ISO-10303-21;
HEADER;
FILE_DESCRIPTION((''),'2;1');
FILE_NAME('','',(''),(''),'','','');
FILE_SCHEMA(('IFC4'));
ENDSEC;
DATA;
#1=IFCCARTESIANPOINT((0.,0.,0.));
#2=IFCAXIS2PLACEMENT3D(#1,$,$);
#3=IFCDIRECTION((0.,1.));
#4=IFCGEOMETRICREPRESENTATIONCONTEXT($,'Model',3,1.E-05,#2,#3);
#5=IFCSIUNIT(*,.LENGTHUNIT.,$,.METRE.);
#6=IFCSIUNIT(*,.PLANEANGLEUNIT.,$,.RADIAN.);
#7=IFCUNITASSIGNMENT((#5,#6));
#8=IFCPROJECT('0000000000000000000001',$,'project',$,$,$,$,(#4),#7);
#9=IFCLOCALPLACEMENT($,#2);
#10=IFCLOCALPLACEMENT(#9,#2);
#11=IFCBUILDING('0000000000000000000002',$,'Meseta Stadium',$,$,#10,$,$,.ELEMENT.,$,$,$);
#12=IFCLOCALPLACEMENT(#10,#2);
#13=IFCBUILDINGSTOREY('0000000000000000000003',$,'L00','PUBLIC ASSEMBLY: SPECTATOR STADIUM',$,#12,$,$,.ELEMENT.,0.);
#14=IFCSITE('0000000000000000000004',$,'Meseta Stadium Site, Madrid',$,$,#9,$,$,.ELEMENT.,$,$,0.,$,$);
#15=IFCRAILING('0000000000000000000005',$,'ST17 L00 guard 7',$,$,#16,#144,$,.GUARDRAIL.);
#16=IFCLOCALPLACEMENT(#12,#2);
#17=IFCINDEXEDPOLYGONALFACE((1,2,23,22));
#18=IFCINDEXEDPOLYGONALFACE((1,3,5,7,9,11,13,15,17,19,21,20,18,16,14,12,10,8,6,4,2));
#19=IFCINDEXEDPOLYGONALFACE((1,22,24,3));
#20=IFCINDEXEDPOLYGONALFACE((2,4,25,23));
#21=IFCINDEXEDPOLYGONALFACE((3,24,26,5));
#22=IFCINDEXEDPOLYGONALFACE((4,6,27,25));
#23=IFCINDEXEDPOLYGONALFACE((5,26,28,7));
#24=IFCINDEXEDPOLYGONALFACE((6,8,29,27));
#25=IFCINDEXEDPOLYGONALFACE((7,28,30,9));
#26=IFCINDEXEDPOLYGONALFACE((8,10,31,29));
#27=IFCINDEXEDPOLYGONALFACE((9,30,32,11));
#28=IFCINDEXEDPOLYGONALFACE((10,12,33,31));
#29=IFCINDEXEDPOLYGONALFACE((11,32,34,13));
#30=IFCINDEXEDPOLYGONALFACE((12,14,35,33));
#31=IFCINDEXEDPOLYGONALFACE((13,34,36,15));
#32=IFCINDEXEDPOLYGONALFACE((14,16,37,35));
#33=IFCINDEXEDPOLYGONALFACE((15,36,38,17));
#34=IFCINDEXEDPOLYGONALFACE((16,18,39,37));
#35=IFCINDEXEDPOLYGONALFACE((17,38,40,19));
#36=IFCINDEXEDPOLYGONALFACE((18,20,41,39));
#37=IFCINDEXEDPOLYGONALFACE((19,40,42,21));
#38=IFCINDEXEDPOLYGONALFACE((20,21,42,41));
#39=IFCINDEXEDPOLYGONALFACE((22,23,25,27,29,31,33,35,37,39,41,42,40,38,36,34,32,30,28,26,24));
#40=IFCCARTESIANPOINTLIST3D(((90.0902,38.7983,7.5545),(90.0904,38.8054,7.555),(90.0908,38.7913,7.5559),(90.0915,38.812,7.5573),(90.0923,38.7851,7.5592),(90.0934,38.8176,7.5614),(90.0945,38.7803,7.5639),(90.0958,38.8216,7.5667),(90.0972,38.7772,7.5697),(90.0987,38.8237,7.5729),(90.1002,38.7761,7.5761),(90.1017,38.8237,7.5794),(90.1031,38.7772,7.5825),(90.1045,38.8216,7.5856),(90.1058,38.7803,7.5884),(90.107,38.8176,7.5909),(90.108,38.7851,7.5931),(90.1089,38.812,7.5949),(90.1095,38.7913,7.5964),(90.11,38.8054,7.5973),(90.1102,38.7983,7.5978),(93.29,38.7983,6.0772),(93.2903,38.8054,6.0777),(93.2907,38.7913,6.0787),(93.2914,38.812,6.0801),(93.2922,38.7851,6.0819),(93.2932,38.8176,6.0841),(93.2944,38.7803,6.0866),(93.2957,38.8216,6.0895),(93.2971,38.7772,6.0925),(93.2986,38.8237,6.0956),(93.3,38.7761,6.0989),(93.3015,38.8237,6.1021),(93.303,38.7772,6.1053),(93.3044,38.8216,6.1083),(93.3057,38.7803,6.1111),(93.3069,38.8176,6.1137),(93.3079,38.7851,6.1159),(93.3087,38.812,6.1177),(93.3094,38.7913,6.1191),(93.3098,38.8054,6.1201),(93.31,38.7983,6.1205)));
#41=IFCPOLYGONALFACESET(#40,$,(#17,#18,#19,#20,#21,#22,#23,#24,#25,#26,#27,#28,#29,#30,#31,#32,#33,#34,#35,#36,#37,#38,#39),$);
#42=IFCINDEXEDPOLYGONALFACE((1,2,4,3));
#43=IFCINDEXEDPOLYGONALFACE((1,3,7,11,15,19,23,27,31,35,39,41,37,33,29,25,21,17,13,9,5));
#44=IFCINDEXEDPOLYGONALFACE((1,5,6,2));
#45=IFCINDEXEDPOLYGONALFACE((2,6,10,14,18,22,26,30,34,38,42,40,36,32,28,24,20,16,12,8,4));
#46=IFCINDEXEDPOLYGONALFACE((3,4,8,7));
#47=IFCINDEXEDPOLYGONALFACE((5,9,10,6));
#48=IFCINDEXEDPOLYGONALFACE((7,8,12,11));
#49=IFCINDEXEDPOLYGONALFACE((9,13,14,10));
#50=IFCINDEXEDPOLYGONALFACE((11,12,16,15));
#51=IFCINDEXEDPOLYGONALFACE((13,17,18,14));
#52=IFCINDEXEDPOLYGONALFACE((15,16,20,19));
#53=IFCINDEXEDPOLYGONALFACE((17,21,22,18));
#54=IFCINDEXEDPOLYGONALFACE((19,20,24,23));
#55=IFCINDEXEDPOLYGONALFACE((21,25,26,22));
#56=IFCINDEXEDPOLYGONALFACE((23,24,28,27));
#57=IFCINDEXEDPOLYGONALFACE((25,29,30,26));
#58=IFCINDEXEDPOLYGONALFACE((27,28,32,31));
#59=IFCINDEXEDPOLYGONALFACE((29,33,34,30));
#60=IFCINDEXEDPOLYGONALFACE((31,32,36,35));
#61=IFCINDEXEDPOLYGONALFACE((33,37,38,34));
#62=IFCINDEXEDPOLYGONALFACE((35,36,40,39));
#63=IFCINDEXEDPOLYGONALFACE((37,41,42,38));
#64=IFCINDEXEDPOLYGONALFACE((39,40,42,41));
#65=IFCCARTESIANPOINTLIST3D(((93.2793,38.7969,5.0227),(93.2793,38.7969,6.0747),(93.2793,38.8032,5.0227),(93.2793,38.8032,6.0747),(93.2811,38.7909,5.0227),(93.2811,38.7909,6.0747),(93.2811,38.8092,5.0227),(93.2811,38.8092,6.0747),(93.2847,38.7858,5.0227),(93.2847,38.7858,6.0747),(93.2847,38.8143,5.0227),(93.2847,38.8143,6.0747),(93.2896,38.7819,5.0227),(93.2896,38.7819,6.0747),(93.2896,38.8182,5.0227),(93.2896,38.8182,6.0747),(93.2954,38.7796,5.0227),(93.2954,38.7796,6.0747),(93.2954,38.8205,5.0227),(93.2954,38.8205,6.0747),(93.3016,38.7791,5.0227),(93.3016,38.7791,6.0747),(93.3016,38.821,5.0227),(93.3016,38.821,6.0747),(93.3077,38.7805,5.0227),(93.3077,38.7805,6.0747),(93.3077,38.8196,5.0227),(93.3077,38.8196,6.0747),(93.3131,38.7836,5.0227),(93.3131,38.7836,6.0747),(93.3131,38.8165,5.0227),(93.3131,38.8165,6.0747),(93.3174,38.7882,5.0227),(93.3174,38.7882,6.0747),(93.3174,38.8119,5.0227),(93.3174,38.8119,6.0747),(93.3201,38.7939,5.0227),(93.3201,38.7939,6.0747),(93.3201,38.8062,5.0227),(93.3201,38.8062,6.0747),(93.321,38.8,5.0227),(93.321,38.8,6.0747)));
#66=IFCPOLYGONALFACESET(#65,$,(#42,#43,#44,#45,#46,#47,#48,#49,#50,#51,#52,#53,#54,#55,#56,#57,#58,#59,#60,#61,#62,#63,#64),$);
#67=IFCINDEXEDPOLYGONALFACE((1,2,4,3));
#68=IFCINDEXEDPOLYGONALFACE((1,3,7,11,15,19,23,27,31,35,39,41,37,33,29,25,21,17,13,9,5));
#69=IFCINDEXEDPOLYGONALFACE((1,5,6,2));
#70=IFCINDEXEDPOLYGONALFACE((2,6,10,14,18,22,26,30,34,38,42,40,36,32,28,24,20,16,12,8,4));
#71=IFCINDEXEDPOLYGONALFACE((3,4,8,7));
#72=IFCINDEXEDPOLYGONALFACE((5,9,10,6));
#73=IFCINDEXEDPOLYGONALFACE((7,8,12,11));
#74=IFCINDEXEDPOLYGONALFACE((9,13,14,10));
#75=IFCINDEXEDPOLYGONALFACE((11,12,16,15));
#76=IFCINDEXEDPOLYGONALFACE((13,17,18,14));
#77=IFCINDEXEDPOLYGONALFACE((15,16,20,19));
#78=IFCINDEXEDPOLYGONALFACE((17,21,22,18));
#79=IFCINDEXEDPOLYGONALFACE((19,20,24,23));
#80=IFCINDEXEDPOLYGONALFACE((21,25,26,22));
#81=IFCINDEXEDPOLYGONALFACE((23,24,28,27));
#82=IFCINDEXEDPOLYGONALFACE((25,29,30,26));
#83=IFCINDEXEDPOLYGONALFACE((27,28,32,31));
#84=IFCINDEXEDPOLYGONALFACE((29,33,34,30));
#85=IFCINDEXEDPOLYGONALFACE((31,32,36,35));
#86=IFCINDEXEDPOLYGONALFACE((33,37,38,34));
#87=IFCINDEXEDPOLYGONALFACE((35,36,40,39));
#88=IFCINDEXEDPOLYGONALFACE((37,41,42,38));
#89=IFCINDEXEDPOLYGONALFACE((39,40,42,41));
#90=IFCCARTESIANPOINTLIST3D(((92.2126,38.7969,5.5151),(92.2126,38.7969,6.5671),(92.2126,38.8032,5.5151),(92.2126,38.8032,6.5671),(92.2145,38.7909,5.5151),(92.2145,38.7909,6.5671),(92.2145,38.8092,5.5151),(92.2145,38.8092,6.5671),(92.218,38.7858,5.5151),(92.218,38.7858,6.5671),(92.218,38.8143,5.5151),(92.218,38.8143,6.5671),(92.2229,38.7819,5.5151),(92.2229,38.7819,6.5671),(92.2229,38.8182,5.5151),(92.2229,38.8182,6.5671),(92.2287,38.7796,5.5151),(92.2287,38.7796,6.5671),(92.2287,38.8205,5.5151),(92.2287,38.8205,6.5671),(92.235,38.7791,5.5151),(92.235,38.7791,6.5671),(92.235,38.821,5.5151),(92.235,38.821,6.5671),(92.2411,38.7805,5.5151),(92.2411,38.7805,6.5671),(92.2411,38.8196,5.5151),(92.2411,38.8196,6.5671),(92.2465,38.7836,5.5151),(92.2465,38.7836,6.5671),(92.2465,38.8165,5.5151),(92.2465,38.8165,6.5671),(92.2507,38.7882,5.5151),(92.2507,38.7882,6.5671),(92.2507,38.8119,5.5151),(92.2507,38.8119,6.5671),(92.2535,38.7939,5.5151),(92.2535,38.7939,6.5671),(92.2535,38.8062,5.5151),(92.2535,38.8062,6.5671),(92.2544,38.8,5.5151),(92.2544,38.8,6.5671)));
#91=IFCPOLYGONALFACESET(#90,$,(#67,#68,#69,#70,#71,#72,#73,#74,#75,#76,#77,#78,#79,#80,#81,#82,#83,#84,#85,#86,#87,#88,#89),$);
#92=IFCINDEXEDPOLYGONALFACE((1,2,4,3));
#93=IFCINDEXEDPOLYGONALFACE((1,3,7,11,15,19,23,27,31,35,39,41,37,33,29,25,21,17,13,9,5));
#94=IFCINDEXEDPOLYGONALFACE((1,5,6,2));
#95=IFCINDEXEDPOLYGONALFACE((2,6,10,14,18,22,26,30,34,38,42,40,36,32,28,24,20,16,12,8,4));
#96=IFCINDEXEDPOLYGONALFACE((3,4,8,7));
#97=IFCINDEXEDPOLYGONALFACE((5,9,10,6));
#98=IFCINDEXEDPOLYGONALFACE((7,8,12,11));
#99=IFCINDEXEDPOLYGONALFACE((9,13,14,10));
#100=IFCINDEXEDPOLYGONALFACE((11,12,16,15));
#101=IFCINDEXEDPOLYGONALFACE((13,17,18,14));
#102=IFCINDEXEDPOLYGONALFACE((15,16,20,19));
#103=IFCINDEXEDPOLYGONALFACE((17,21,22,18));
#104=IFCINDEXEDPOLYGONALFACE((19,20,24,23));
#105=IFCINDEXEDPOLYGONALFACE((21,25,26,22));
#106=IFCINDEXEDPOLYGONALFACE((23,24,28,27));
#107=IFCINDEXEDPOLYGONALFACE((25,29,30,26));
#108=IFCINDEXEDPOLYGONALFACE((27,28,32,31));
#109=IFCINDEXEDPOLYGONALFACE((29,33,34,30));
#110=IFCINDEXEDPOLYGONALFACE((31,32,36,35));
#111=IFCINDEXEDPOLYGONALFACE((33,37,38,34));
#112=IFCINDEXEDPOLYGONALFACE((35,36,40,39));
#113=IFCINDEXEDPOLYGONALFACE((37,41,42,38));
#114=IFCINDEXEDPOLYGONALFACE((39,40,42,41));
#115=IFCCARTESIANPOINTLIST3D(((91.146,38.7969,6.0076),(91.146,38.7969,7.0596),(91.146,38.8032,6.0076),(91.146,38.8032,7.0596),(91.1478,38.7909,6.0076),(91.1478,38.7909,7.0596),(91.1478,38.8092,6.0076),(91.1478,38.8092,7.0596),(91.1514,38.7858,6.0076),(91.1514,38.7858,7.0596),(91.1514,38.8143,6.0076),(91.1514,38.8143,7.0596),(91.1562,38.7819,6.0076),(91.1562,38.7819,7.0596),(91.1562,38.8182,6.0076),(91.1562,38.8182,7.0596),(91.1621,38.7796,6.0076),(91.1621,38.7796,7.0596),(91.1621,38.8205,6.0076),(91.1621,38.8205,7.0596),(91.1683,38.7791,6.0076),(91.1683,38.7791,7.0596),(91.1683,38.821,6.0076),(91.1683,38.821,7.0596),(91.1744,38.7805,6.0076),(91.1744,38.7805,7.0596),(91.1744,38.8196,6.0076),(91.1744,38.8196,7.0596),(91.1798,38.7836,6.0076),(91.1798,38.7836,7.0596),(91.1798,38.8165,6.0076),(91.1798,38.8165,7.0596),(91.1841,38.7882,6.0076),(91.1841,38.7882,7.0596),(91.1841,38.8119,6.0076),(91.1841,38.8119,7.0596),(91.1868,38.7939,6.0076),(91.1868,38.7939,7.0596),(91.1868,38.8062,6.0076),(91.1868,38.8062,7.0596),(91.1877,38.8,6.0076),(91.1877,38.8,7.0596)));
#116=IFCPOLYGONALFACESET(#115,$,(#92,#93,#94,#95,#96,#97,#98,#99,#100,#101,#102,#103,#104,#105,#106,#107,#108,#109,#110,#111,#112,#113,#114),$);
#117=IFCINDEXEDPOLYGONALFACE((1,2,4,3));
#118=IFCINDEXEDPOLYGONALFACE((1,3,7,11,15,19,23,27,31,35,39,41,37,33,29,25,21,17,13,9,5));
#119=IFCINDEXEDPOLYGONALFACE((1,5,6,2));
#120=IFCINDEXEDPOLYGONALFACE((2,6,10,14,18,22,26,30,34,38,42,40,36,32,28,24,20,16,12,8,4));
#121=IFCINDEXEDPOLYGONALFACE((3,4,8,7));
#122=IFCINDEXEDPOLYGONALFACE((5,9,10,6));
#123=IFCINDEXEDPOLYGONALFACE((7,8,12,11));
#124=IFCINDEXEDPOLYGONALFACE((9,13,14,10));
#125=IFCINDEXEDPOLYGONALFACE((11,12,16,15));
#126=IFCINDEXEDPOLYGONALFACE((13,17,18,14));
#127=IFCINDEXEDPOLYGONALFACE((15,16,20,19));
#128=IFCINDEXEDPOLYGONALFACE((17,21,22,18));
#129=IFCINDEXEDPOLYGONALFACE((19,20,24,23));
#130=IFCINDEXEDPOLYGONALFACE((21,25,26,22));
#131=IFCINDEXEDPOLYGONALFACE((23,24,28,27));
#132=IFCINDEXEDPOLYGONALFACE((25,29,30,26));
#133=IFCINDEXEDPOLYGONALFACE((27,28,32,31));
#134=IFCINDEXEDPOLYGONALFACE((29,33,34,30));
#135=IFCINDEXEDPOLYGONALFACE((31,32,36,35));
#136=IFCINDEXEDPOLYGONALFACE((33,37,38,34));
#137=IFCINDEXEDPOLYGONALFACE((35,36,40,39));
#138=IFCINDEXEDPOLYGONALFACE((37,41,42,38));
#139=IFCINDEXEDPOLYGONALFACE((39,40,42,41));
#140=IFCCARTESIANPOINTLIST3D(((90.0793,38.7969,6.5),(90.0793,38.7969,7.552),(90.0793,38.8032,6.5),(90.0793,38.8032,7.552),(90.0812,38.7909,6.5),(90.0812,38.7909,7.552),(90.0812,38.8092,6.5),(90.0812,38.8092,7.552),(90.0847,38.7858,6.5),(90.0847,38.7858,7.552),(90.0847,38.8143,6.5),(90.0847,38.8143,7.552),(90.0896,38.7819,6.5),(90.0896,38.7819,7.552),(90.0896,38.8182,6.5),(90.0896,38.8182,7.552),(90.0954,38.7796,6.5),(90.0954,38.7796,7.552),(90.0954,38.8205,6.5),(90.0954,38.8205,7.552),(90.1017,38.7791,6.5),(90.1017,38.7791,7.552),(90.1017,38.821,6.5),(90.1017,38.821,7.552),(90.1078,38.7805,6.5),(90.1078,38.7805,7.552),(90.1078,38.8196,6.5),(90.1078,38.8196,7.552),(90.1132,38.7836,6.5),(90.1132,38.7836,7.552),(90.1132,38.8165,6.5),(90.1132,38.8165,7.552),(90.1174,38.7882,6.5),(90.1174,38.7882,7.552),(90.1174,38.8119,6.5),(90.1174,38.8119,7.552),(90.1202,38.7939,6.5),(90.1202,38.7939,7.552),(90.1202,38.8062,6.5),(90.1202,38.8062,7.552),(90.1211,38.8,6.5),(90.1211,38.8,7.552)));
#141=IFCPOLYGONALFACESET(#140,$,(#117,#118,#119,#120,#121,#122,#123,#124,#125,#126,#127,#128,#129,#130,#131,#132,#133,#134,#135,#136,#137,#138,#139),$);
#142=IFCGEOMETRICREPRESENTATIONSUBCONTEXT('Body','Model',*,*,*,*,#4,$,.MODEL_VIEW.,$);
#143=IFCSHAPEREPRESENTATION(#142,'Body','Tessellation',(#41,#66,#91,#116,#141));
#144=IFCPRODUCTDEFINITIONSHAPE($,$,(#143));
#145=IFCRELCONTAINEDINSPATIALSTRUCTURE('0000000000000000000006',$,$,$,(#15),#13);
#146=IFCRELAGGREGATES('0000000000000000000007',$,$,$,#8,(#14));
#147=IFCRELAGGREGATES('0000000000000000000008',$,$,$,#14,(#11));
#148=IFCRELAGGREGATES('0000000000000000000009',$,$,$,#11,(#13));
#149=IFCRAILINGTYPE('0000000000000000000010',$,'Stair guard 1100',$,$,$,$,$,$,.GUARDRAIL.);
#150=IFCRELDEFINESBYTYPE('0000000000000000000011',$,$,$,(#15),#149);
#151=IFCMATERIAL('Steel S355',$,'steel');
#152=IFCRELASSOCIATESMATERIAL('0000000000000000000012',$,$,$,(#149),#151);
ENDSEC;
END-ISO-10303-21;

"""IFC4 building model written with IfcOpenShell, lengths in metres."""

from ifc_helpers import new_model, si_unit, direction, frame, origin, origin_2d, place, context, subcontext, project, spatial, circle, extrude, material, type_object, element, save


model = new_model("IFC4")

# Units and contexts
model_context = context("Model", 3, precision=1e-05, world=origin(), true_north=direction((0.0, 1.0)))
body_context = subcontext(model_context, "Body", "Model", "MODEL_VIEW")
ifc_project = project(units=[si_unit("LENGTHUNIT", "METRE"), si_unit("PLANEANGLEUNIT", "RADIAN")], contexts=[model_context])

# Site, building, storey
site_placement = place(None, origin())
site = spatial("IfcSite", under=ifc_project, at=site_placement, Name="Meseta Stadium Site, Madrid", CompositionType="ELEMENT", RefElevation=0.0)
building_placement = place(site_placement, origin())
building = spatial("IfcBuilding", under=site, at=building_placement, Name="Meseta Stadium", CompositionType="ELEMENT")
storey_placement = place(building_placement, origin())
storey = spatial("IfcBuildingStorey", under=building, at=storey_placement, Name="L00", Description="PUBLIC ASSEMBLY: SPECTATOR STADIUM", CompositionType="ELEMENT", Elevation=0.0)

# Railing
ifc_material_1 = material(Name="Steel S355", Category="steel")
railing_type_1 = type_object("IfcRailingType", Name="Stair guard 1100", PredefinedType="GUARDRAIL", material=ifc_material_1)
railing_1_placement = place(storey_placement, frame((93.3, 38.8, 5.0227)))
element("IfcRailing", 1, at=railing_1_placement, inside=storey, type_object=railing_type_1, Name="ST17 L00 guard 7", PredefinedType="GUARDRAIL", context=body_context, shape_type="SweptSolid", body=[
    extrude(circle(Radius=0.0239, at=origin_2d()), frame((0.0, 0.0, 1.0762), z_axis=(-0.907917, 0.0, 0.41915), x_axis=(0.0, -1.0, 0.0)), (0.0, 0.0, 1.0), 3.5244),
    extrude(circle(Radius=0.021, at=origin_2d()), origin(), (0.0, 0.0, 1.0), 1.052),
    extrude(circle(Radius=0.021, at=origin_2d()), frame((-1.0667, 0.0, 0.4924)), (0.0, 0.0, 1.0), 1.052),
    extrude(circle(Radius=0.021, at=origin_2d()), frame((-2.1333, 0.0, 0.9849)), (0.0, 0.0, 1.0), 1.052),
    extrude(circle(Radius=0.021, at=origin_2d()), frame((-3.2, 0.0, 1.4773)), (0.0, 0.0, 1.0), 1.052),
])

save(model, "model.ifc")
